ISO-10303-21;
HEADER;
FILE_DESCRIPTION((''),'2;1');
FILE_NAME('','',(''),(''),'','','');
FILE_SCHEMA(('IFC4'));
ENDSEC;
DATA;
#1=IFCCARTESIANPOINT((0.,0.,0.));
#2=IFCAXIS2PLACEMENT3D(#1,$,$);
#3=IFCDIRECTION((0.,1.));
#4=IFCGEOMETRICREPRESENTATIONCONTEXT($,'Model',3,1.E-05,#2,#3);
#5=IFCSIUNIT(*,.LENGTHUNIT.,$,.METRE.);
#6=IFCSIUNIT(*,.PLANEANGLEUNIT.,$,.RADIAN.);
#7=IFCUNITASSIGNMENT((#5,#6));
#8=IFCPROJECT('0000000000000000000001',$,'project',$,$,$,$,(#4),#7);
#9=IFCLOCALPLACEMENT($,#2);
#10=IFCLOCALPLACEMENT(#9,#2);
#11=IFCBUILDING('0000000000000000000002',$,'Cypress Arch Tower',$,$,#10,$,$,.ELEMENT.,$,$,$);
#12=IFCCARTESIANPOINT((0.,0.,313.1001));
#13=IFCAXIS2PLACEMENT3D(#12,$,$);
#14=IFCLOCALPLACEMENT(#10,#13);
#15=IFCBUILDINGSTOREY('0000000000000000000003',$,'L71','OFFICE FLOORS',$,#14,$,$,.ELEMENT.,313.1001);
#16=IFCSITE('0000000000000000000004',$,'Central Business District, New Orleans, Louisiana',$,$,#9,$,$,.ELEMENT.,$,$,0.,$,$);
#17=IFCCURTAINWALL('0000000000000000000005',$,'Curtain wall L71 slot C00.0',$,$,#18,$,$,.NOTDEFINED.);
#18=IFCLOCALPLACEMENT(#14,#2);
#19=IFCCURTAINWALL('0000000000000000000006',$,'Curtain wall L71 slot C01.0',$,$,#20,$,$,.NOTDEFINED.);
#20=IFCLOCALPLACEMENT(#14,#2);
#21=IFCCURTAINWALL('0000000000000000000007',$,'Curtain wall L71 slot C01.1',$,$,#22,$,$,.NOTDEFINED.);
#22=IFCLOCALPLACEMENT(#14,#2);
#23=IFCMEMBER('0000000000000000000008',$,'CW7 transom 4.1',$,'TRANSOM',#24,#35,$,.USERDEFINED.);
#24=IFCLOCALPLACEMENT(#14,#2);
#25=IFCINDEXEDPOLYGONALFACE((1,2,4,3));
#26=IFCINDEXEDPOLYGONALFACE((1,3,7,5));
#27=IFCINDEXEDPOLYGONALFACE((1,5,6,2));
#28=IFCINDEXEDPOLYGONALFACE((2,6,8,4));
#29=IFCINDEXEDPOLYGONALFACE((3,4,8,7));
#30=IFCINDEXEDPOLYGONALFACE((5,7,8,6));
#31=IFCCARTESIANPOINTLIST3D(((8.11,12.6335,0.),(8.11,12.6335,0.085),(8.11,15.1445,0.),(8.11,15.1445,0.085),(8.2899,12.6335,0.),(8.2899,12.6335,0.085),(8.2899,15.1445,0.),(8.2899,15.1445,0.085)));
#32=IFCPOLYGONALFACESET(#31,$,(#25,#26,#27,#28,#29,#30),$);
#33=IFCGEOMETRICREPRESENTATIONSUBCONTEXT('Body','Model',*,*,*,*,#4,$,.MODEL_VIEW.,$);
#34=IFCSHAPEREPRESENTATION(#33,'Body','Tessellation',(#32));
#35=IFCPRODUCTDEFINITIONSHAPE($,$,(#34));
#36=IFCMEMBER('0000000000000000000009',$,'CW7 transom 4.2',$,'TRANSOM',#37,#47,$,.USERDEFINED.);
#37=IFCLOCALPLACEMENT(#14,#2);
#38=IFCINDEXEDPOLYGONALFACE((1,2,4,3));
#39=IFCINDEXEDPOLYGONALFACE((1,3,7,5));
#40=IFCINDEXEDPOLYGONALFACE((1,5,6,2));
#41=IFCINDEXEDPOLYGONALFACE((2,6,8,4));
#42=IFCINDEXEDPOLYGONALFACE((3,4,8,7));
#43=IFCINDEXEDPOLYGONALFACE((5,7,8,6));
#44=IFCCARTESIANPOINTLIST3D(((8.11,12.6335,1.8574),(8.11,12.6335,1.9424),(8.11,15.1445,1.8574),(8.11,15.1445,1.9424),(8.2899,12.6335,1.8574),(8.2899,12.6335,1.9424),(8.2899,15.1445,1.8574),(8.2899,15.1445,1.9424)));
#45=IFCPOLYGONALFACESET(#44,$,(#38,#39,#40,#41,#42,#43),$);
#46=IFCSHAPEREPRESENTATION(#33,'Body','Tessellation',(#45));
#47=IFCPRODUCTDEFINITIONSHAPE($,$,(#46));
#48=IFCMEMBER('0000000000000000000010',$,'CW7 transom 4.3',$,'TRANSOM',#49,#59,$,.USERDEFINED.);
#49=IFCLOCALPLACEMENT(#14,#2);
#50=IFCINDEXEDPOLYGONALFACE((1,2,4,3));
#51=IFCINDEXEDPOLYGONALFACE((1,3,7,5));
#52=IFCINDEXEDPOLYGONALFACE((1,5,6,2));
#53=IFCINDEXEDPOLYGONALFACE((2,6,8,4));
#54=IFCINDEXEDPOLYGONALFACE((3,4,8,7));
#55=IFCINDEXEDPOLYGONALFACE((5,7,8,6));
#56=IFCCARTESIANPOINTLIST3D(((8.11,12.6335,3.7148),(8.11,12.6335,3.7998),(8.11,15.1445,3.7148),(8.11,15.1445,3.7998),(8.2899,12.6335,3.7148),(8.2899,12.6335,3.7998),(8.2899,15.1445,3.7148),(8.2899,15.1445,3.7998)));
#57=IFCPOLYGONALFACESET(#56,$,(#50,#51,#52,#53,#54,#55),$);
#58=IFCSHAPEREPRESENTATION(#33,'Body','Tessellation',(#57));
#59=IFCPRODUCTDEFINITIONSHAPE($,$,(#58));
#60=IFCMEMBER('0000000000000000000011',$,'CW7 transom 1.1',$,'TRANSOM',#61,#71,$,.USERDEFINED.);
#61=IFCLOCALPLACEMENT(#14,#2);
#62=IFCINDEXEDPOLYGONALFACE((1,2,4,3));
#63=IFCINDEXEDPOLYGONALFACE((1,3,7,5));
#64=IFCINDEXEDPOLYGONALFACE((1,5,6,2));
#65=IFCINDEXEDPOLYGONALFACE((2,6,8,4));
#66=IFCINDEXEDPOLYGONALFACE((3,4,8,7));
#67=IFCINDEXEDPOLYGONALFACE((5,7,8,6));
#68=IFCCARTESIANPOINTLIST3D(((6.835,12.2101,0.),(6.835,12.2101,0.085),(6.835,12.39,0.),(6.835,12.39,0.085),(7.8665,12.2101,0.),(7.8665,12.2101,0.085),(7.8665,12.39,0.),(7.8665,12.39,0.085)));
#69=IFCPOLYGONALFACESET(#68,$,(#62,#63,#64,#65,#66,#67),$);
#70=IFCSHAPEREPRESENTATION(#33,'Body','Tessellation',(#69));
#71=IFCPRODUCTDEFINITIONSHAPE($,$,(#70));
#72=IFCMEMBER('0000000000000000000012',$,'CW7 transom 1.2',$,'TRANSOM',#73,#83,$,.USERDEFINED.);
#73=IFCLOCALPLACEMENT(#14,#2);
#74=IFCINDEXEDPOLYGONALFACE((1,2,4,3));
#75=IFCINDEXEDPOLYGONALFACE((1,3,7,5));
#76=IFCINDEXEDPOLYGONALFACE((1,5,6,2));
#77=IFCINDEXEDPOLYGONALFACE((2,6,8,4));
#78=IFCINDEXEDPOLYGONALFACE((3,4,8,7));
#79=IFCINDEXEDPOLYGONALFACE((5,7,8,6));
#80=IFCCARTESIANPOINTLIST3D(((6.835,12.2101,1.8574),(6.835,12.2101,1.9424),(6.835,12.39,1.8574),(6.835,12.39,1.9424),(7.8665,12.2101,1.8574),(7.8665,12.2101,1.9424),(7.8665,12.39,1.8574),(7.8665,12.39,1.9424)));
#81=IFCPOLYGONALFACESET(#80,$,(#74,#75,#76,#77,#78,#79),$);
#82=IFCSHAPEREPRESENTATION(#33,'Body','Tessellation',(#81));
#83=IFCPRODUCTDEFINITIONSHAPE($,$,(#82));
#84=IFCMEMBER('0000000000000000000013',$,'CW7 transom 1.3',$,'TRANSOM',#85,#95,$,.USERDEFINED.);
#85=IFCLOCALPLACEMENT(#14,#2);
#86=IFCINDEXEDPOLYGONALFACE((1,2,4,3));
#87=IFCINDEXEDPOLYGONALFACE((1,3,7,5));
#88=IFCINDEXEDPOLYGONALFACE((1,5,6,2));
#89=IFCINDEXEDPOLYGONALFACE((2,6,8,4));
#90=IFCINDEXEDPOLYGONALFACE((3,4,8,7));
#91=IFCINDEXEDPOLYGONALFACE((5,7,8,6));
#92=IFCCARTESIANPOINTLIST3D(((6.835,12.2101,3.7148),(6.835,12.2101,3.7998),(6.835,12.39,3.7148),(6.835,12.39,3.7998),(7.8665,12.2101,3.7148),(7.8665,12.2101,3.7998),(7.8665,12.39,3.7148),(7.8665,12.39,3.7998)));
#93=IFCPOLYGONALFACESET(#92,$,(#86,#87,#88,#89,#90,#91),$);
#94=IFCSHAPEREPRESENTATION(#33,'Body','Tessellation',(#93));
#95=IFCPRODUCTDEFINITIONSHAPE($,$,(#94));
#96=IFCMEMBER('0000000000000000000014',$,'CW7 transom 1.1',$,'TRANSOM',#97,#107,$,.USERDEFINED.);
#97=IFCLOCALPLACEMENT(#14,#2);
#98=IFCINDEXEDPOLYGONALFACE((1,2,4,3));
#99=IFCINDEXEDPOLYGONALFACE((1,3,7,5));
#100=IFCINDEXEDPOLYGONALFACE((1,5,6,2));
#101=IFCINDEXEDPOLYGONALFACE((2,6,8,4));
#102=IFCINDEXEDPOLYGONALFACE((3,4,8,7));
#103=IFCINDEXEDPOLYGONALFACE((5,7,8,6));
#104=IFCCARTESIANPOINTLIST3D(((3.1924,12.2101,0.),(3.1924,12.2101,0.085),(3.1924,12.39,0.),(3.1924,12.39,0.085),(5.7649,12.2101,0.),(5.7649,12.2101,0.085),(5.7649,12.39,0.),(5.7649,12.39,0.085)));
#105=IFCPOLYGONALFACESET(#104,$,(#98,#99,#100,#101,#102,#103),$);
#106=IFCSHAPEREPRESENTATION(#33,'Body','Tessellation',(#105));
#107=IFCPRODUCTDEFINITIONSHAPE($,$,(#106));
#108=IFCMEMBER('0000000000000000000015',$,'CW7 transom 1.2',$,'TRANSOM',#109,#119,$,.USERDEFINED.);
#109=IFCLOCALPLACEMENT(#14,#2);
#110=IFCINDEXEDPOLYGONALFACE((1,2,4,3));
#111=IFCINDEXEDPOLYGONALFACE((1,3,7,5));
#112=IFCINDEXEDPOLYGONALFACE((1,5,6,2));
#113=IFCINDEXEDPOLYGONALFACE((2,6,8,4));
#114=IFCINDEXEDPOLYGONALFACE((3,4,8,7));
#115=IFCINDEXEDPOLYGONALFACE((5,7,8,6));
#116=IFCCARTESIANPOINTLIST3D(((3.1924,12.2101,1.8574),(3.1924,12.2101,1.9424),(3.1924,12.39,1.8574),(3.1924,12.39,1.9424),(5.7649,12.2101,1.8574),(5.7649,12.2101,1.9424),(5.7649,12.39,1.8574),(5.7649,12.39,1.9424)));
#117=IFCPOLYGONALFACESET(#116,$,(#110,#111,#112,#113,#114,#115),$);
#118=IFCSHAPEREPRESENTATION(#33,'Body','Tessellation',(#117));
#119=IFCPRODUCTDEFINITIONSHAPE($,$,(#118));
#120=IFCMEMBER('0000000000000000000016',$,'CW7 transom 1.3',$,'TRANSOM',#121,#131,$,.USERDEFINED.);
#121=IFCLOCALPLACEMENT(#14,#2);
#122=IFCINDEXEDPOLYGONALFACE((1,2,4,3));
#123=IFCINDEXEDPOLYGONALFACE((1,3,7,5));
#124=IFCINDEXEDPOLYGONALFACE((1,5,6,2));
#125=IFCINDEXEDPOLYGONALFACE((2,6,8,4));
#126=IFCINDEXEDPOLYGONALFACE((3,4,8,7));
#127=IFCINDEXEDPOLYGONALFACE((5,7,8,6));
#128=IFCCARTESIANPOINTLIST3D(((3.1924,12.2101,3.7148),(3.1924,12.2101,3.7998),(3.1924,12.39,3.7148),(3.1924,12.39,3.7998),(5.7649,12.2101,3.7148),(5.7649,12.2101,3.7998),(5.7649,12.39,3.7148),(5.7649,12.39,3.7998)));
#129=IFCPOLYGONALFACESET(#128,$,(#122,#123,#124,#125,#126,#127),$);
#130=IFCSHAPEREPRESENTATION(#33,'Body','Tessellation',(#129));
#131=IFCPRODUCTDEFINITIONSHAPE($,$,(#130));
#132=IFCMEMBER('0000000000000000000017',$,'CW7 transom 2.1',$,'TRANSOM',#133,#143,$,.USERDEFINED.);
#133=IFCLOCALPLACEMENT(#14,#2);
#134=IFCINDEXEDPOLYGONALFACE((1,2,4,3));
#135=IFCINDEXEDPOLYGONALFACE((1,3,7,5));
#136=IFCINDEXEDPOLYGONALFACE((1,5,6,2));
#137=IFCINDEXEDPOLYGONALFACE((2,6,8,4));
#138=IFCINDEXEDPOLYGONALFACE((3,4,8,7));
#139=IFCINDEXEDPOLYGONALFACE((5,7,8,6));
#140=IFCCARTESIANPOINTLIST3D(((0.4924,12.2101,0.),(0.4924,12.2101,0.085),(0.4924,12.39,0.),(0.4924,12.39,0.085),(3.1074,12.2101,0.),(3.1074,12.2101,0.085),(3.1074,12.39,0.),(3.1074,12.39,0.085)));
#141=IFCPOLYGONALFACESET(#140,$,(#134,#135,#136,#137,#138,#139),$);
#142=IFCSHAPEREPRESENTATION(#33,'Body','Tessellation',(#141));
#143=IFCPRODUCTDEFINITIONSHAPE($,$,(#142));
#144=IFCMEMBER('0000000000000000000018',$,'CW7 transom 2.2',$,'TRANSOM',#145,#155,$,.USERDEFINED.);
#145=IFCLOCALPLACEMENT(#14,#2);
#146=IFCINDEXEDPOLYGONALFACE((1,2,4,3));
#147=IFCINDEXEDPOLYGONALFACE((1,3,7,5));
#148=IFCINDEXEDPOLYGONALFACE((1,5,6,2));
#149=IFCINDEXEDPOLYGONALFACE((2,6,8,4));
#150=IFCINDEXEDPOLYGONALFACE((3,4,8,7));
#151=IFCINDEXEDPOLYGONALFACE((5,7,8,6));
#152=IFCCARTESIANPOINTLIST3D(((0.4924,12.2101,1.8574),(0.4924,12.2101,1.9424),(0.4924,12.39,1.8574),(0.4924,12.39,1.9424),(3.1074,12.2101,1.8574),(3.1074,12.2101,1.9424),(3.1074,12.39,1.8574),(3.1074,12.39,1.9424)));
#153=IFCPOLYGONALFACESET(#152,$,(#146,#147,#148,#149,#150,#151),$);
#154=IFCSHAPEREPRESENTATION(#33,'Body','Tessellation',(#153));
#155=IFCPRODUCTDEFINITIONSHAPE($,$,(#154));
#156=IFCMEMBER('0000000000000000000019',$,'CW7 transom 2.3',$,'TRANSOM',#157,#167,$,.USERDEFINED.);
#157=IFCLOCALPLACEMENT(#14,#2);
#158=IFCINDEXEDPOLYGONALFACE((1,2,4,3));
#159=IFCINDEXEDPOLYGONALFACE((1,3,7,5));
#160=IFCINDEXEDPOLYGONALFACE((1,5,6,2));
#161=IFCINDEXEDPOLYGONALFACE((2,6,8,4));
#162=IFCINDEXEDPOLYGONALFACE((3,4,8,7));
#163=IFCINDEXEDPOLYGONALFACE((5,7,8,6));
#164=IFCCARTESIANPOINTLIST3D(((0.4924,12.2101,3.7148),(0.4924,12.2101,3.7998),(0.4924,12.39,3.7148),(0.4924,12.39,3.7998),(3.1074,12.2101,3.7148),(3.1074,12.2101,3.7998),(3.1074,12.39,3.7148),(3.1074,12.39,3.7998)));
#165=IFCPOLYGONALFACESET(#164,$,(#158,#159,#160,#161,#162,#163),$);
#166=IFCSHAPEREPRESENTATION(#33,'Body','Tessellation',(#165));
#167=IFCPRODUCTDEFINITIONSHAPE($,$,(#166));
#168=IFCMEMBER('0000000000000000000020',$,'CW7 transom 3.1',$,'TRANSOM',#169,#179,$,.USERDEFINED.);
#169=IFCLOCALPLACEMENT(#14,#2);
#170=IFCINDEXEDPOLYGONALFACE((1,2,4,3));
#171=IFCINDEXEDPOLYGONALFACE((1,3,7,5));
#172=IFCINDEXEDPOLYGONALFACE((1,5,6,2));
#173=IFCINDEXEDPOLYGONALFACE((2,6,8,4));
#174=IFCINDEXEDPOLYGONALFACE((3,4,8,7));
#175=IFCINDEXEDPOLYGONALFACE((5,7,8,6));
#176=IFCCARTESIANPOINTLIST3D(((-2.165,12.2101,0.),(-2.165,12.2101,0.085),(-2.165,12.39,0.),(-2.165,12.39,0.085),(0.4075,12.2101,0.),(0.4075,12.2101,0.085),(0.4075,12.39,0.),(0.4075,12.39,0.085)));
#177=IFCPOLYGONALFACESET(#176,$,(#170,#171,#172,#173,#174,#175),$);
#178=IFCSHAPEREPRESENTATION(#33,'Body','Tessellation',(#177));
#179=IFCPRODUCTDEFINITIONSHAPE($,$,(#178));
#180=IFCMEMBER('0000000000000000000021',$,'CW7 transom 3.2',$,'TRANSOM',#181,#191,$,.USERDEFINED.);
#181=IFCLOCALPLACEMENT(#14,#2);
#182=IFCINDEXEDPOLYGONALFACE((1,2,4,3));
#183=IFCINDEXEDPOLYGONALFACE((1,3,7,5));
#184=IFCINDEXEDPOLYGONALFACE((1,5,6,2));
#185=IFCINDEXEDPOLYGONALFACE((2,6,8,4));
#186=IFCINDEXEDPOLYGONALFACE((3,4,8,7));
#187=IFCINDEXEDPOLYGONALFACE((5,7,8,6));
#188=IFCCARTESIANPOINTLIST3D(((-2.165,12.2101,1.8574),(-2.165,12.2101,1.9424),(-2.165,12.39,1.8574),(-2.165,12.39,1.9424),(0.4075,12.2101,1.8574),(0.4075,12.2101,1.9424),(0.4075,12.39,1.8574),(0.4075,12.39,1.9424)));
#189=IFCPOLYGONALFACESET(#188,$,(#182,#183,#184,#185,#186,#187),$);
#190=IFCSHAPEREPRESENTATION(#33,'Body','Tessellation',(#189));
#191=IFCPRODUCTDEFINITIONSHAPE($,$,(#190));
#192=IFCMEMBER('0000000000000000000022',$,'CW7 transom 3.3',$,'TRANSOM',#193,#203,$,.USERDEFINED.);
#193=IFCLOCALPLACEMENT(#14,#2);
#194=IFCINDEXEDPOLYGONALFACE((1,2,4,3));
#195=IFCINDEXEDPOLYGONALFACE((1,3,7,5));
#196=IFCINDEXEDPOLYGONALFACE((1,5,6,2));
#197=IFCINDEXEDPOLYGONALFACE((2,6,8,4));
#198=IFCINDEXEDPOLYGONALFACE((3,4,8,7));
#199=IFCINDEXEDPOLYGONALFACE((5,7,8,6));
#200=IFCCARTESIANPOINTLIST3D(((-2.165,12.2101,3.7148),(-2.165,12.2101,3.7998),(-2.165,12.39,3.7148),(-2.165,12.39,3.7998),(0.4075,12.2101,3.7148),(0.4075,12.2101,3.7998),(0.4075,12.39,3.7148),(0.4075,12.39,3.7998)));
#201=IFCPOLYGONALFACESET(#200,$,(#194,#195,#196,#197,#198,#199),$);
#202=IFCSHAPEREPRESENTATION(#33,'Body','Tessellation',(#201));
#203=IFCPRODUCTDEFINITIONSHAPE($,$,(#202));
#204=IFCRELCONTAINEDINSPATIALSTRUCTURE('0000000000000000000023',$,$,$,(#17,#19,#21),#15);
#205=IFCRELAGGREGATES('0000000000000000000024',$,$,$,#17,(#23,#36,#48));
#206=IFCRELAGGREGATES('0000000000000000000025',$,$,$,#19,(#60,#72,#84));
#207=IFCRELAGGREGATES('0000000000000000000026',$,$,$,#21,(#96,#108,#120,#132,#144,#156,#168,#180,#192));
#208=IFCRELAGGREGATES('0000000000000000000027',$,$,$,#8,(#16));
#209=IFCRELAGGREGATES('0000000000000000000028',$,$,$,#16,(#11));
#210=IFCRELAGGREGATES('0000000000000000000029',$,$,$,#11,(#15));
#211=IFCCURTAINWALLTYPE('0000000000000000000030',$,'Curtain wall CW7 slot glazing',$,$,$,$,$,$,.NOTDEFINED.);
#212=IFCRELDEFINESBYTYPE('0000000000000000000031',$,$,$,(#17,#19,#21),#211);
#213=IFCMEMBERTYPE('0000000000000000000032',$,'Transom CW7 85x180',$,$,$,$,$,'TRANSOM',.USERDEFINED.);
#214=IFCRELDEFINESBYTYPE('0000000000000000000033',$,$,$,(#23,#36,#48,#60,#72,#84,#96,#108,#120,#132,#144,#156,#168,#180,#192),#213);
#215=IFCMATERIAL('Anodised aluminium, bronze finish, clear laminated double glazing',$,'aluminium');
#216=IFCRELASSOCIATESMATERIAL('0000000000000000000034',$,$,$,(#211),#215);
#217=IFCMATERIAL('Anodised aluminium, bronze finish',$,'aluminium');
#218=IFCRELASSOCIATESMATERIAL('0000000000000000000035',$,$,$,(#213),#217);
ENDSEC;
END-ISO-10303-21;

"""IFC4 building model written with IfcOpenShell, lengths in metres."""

from ifc_helpers import new_model, si_unit, direction, frame, origin, origin_2d, place, context, subcontext, project, spatial, rectangle, extrude, material, material_profile, profile_set, type_object, element, aggregate, save


model = new_model("IFC4")

# Units and contexts
model_context = context("Model", 3, precision=1e-05, world=origin(), true_north=direction((0.0, 1.0)))
body_context = subcontext(model_context, "Body", "Model", "MODEL_VIEW")
ifc_project = project(units=[si_unit("LENGTHUNIT", "METRE"), si_unit("PLANEANGLEUNIT", "RADIAN")], contexts=[model_context])

# Site, building, storey
site_placement = place(None, origin())
site = spatial("IfcSite", under=ifc_project, at=site_placement, Name="Central Business District, New Orleans, Louisiana", CompositionType="ELEMENT", RefElevation=0.0)
building_placement = place(site_placement, origin())
building = spatial("IfcBuilding", under=site, at=building_placement, Name="Cypress Arch Tower", CompositionType="ELEMENT")
storey_placement = place(building_placement, frame((0.0, 0.0, 313.1001)))
storey = spatial("IfcBuildingStorey", under=building, at=storey_placement, Name="L71", Description="OFFICE FLOORS", CompositionType="ELEMENT", Elevation=313.1001)

# Curtain wall
ifc_material_1 = material(Name="Anodised aluminium, bronze finish, clear laminated double glazing", Category="aluminium")
curtain_wall_type = type_object("IfcCurtainWallType", Name="Curtain wall CW7 slot glazing", PredefinedType="NOTDEFINED", material=ifc_material_1)
curtain_wall_1_placement = place(storey_placement, origin())
curtain_wall_1 = element("IfcCurtainWall", 1, at=curtain_wall_1_placement, inside=storey, type_object=curtain_wall_type, Name="Curtain wall L71 slot C00.0", PredefinedType="NOTDEFINED")

# Curtain walls
curtain_wall_2_placement = place(storey_placement, origin())
curtain_wall_2 = element("IfcCurtainWall", 2, at=curtain_wall_2_placement, inside=storey, type_object=curtain_wall_type, Name="Curtain wall L71 slot C01.0", PredefinedType="NOTDEFINED")
curtain_wall_3_placement = place(storey_placement, origin())
curtain_wall_3 = element("IfcCurtainWall", 3, at=curtain_wall_3_placement, inside=storey, type_object=curtain_wall_type, Name="Curtain wall L71 slot C01.1", PredefinedType="NOTDEFINED")

# Members
ifc_material_2 = material(Name="Anodised aluminium, bronze finish", Category="aluminium")
ifc_material_profile_1 = material_profile(ifc_material_2, rectangle(XDim=0.1799, YDim=0.085, at=origin_2d()), Name="Transom 85x180")
ifc_profile_set_1 = profile_set([ifc_material_profile_1], Name="Anodised aluminium, bronze finish")
member_type_1 = type_object("IfcMemberType", Name="Transom CW7 85x180", ElementType="TRANSOM", PredefinedType="USERDEFINED", material=ifc_profile_set_1)
member_1_placement = place(storey_placement, frame((8.2, 15.1445, 0.0425), z_axis=(0.0, -1.0, 0.0), x_axis=(1.0, 0.0, 0.0)))
member_1 = element("IfcMember", 4, at=member_1_placement, type_object=member_type_1, Name="CW7 transom 4.1", ObjectType="TRANSOM", PredefinedType="USERDEFINED", context=body_context, shape_type="SweptSolid", body=[
    extrude(rectangle(XDim=0.1799, YDim=0.085, at=origin_2d()), origin(), (0.0, 0.0, 1.0), 2.511),
])
member_2_placement = place(storey_placement, frame((8.2, 15.1445, 1.8999), z_axis=(0.0, -1.0, 0.0), x_axis=(1.0, 0.0, 0.0)))
member_2 = element("IfcMember", 5, at=member_2_placement, type_object=member_type_1, Name="CW7 transom 4.2", ObjectType="TRANSOM", PredefinedType="USERDEFINED", context=body_context, shape_type="SweptSolid", body=[
    extrude(rectangle(XDim=0.1799, YDim=0.085, at=origin_2d()), origin(), (0.0, 0.0, 1.0), 2.511),
])
member_3_placement = place(storey_placement, frame((8.2, 15.1445, 3.7573), z_axis=(0.0, -1.0, 0.0), x_axis=(1.0, 0.0, 0.0)))
member_3 = element("IfcMember", 6, at=member_3_placement, type_object=member_type_1, Name="CW7 transom 4.3", ObjectType="TRANSOM", PredefinedType="USERDEFINED", context=body_context, shape_type="SweptSolid", body=[
    extrude(rectangle(XDim=0.1799, YDim=0.085, at=origin_2d()), origin(), (0.0, 0.0, 1.0), 2.511),
])
member_4_placement = place(storey_placement, frame((7.8665, 12.3, 0.0425), z_axis=(-1.0, 0.0, 0.0), x_axis=(0.0, -1.0, 0.0)))
member_4 = element("IfcMember", 7, at=member_4_placement, type_object=member_type_1, Name="CW7 transom 1.1", ObjectType="TRANSOM", PredefinedType="USERDEFINED", context=body_context, shape_type="SweptSolid", body=[
    extrude(rectangle(XDim=0.1799, YDim=0.085, at=origin_2d()), origin(), (0.0, 0.0, 1.0), 1.0315),
])
member_5_placement = place(storey_placement, frame((7.8665, 12.3, 1.8999), z_axis=(-1.0, 0.0, 0.0), x_axis=(0.0, -1.0, 0.0)))
member_5 = element("IfcMember", 8, at=member_5_placement, type_object=member_type_1, Name="CW7 transom 1.2", ObjectType="TRANSOM", PredefinedType="USERDEFINED", context=body_context, shape_type="SweptSolid", body=[
    extrude(rectangle(XDim=0.1799, YDim=0.085, at=origin_2d()), origin(), (0.0, 0.0, 1.0), 1.0315),
])
member_6_placement = place(storey_placement, frame((7.8665, 12.3, 3.7573), z_axis=(-1.0, 0.0, 0.0), x_axis=(0.0, -1.0, 0.0)))
member_6 = element("IfcMember", 9, at=member_6_placement, type_object=member_type_1, Name="CW7 transom 1.3", ObjectType="TRANSOM", PredefinedType="USERDEFINED", context=body_context, shape_type="SweptSolid", body=[
    extrude(rectangle(XDim=0.1799, YDim=0.085, at=origin_2d()), origin(), (0.0, 0.0, 1.0), 1.0315),
])
member_7_placement = place(storey_placement, frame((5.7649, 12.3, 0.0425), z_axis=(-1.0, 0.0, 0.0), x_axis=(0.0, -1.0, 0.0)))
member_7 = element("IfcMember", 10, at=member_7_placement, type_object=member_type_1, Name="CW7 transom 1.1", ObjectType="TRANSOM", PredefinedType="USERDEFINED", context=body_context, shape_type="SweptSolid", body=[
    extrude(rectangle(XDim=0.1799, YDim=0.085, at=origin_2d()), origin(), (0.0, 0.0, 1.0), 2.5725),
])
member_8_placement = place(storey_placement, frame((5.7649, 12.3, 1.8999), z_axis=(-1.0, 0.0, 0.0), x_axis=(0.0, -1.0, 0.0)))
member_8 = element("IfcMember", 11, at=member_8_placement, type_object=member_type_1, Name="CW7 transom 1.2", ObjectType="TRANSOM", PredefinedType="USERDEFINED", context=body_context, shape_type="SweptSolid", body=[
    extrude(rectangle(XDim=0.1799, YDim=0.085, at=origin_2d()), origin(), (0.0, 0.0, 1.0), 2.5725),
])
member_9_placement = place(storey_placement, frame((5.7649, 12.3, 3.7573), z_axis=(-1.0, 0.0, 0.0), x_axis=(0.0, -1.0, 0.0)))
member_9 = element("IfcMember", 12, at=member_9_placement, type_object=member_type_1, Name="CW7 transom 1.3", ObjectType="TRANSOM", PredefinedType="USERDEFINED", context=body_context, shape_type="SweptSolid", body=[
    extrude(rectangle(XDim=0.1799, YDim=0.085, at=origin_2d()), origin(), (0.0, 0.0, 1.0), 2.5725),
])
member_10_placement = place(storey_placement, frame((3.1074, 12.3, 0.0425), z_axis=(-1.0, 0.0, 0.0), x_axis=(0.0, -1.0, 0.0)))
member_10 = element("IfcMember", 13, at=member_10_placement, type_object=member_type_1, Name="CW7 transom 2.1", ObjectType="TRANSOM", PredefinedType="USERDEFINED", context=body_context, shape_type="SweptSolid", body=[
    extrude(rectangle(XDim=0.1799, YDim=0.085, at=origin_2d()), origin(), (0.0, 0.0, 1.0), 2.615),
])
member_11_placement = place(storey_placement, frame((3.1074, 12.3, 1.8999), z_axis=(-1.0, 0.0, 0.0), x_axis=(0.0, -1.0, 0.0)))
member_11 = element("IfcMember", 14, at=member_11_placement, type_object=member_type_1, Name="CW7 transom 2.2", ObjectType="TRANSOM", PredefinedType="USERDEFINED", context=body_context, shape_type="SweptSolid", body=[
    extrude(rectangle(XDim=0.1799, YDim=0.085, at=origin_2d()), origin(), (0.0, 0.0, 1.0), 2.615),
])
member_12_placement = place(storey_placement, frame((3.1074, 12.3, 3.7573), z_axis=(-1.0, 0.0, 0.0), x_axis=(0.0, -1.0, 0.0)))
member_12 = element("IfcMember", 15, at=member_12_placement, type_object=member_type_1, Name="CW7 transom 2.3", ObjectType="TRANSOM", PredefinedType="USERDEFINED", context=body_context, shape_type="SweptSolid", body=[
    extrude(rectangle(XDim=0.1799, YDim=0.085, at=origin_2d()), origin(), (0.0, 0.0, 1.0), 2.615),
])
member_13_placement = place(storey_placement, frame((0.4075, 12.3, 0.0425), z_axis=(-1.0, 0.0, 0.0), x_axis=(0.0, -1.0, 0.0)))
member_13 = element("IfcMember", 16, at=member_13_placement, type_object=member_type_1, Name="CW7 transom 3.1", ObjectType="TRANSOM", PredefinedType="USERDEFINED", context=body_context, shape_type="SweptSolid", body=[
    extrude(rectangle(XDim=0.1799, YDim=0.085, at=origin_2d()), origin(), (0.0, 0.0, 1.0), 2.5725),
])
member_14_placement = place(storey_placement, frame((0.4075, 12.3, 1.8999), z_axis=(-1.0, 0.0, 0.0), x_axis=(0.0, -1.0, 0.0)))
member_14 = element("IfcMember", 17, at=member_14_placement, type_object=member_type_1, Name="CW7 transom 3.2", ObjectType="TRANSOM", PredefinedType="USERDEFINED", context=body_context, shape_type="SweptSolid", body=[
    extrude(rectangle(XDim=0.1799, YDim=0.085, at=origin_2d()), origin(), (0.0, 0.0, 1.0), 2.5725),
])
member_15_placement = place(storey_placement, frame((0.4075, 12.3, 3.7573), z_axis=(-1.0, 0.0, 0.0), x_axis=(0.0, -1.0, 0.0)))
member_15 = element("IfcMember", 18, at=member_15_placement, type_object=member_type_1, Name="CW7 transom 3.3", ObjectType="TRANSOM", PredefinedType="USERDEFINED", context=body_context, shape_type="SweptSolid", body=[
    extrude(rectangle(XDim=0.1799, YDim=0.085, at=origin_2d()), origin(), (0.0, 0.0, 1.0), 2.5725),
])

aggregate(curtain_wall_1, [member_1, member_2, member_3])
aggregate(curtain_wall_2, [member_4, member_5, member_6])
aggregate(curtain_wall_3, [member_7, member_8, member_9, member_10, member_11, member_12, member_13, member_14, member_15])

save(model, "model.ifc")
